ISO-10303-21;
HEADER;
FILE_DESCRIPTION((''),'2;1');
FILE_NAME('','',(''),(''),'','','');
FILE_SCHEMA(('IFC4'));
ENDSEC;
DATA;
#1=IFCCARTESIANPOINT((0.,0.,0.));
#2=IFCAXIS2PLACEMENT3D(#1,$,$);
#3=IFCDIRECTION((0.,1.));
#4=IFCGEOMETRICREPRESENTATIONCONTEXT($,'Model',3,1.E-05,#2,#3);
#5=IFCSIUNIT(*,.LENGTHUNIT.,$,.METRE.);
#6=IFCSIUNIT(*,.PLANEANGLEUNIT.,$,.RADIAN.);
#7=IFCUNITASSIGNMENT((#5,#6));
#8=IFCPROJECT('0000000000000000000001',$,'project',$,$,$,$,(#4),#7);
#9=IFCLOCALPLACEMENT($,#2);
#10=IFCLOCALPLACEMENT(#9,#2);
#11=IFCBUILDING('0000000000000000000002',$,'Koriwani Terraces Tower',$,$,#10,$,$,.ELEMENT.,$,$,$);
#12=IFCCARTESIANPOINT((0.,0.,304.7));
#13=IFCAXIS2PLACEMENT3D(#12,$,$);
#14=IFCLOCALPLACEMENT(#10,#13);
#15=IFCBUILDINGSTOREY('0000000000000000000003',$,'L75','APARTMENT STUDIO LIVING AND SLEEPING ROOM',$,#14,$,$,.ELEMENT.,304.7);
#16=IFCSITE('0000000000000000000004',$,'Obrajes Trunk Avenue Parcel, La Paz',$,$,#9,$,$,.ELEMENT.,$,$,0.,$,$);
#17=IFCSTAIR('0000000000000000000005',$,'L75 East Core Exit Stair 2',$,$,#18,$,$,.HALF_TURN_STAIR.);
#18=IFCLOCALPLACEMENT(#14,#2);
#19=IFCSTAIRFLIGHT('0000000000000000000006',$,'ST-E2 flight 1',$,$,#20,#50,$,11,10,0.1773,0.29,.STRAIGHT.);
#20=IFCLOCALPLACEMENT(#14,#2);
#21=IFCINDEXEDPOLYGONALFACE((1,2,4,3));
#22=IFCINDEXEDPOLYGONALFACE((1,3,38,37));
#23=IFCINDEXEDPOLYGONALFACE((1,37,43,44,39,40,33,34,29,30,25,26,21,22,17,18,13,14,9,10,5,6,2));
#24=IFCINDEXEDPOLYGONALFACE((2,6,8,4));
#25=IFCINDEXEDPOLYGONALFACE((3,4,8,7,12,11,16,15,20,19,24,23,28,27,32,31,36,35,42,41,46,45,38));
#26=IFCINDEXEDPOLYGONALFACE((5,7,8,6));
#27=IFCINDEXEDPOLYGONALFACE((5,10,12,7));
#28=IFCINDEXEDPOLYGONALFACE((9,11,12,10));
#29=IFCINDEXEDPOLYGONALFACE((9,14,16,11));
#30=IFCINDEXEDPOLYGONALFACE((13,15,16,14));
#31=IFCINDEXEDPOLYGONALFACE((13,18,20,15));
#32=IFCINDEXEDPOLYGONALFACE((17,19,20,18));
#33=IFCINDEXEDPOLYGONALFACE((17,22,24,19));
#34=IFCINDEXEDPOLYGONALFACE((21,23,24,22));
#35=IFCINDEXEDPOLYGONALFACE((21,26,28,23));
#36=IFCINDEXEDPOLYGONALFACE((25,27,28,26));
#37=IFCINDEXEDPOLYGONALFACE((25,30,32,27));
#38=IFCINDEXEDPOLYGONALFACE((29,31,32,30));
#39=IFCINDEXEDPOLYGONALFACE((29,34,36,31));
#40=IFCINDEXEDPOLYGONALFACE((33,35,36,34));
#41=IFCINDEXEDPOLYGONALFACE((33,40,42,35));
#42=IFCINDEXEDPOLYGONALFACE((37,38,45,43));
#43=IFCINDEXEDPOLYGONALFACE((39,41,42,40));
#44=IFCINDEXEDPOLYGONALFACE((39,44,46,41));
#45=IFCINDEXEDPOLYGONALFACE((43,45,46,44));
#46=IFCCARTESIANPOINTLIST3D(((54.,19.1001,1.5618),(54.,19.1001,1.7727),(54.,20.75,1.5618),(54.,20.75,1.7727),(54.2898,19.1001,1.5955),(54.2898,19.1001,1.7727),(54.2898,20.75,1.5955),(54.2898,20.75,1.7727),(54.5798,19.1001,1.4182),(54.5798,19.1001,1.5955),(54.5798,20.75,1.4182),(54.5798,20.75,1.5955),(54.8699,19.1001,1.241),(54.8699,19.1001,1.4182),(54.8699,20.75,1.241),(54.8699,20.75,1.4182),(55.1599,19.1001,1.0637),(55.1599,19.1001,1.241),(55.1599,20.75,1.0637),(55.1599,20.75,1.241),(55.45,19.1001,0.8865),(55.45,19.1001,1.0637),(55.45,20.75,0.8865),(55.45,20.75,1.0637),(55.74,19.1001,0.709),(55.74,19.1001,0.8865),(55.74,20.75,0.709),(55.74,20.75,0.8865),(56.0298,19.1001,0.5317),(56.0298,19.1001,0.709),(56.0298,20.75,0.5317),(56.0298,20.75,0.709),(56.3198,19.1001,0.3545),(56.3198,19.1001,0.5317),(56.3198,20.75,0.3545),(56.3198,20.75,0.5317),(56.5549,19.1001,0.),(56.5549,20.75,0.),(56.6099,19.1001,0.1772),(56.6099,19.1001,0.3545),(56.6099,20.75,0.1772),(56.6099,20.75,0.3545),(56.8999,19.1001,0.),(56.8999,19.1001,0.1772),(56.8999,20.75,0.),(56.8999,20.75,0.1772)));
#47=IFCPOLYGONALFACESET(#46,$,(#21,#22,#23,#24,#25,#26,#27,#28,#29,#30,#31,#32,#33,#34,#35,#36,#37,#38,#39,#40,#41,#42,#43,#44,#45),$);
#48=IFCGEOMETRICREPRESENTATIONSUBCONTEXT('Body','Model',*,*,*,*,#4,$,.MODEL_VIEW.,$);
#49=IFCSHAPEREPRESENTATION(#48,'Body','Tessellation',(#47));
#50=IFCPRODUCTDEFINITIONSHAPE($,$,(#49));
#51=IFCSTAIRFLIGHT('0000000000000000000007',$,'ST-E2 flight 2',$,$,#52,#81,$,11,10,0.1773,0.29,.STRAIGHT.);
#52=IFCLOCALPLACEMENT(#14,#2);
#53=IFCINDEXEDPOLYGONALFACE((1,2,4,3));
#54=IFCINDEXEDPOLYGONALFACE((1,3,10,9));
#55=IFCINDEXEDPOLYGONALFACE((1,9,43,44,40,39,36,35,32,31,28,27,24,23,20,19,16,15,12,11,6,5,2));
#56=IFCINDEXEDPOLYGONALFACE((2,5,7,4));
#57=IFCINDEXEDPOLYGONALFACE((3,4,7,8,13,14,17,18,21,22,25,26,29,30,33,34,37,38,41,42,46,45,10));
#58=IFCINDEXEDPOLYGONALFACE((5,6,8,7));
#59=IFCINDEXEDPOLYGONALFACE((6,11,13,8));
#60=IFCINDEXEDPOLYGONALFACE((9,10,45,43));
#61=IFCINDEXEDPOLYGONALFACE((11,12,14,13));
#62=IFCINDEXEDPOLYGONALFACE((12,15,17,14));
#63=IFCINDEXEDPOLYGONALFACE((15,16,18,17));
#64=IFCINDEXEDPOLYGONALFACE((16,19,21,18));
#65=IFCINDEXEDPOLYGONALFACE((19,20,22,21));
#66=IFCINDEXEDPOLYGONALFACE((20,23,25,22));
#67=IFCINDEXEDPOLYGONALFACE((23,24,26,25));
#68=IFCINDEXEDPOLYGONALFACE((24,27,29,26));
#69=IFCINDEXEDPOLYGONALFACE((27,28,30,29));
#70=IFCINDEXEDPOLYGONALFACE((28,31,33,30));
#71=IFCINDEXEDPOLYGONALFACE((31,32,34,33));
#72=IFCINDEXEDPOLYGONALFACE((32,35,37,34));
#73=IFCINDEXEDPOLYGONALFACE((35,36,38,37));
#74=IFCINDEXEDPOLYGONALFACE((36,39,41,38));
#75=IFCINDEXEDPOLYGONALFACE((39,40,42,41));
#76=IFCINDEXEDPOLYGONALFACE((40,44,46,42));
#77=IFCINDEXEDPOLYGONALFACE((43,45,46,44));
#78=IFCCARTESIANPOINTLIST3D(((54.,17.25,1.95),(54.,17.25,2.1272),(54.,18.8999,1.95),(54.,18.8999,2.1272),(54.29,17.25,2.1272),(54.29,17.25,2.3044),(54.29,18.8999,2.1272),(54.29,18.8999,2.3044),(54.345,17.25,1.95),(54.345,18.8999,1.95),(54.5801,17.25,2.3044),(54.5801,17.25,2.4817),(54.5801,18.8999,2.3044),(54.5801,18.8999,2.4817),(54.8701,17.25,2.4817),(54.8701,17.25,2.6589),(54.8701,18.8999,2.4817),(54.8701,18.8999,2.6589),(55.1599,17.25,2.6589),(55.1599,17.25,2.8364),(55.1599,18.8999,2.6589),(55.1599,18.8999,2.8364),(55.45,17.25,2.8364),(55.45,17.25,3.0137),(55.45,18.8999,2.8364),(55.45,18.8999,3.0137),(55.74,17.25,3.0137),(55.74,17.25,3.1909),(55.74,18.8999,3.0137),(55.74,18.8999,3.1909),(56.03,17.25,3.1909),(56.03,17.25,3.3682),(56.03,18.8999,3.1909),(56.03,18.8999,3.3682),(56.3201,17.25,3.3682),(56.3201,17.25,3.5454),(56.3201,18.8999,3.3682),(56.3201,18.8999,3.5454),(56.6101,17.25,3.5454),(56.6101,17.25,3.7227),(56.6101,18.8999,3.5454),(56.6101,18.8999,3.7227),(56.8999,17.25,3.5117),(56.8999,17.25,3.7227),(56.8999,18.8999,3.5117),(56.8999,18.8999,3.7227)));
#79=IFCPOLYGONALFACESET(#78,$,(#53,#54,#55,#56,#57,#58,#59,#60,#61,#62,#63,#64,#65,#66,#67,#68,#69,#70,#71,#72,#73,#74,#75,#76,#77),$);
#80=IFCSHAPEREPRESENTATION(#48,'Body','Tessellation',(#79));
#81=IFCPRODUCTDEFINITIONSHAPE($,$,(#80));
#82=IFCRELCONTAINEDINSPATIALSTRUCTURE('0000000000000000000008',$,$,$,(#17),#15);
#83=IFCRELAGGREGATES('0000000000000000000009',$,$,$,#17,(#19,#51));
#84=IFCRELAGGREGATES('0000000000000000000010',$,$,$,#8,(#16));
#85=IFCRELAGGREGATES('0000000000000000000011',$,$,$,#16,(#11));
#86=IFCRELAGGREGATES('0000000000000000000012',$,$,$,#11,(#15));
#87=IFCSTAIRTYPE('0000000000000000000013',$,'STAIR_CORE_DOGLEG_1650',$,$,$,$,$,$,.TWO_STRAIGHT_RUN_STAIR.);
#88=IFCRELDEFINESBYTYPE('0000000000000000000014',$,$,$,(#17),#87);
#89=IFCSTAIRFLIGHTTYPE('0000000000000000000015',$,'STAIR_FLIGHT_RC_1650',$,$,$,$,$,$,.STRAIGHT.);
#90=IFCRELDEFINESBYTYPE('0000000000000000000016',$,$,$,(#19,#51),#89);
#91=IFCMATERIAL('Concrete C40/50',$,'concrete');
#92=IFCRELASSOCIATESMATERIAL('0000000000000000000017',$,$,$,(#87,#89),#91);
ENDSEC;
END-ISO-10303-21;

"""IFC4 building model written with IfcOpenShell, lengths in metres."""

from ifc_helpers import new_model, si_unit, direction, frame, origin, place, context, subcontext, project, spatial, polyline, outline, extrude, material, type_object, element, aggregate, save


model = new_model("IFC4")

# Units and contexts
model_context = context("Model", 3, precision=1e-05, world=origin(), true_north=direction((0.0, 1.0)))
body_context = subcontext(model_context, "Body", "Model", "MODEL_VIEW")
ifc_project = project(units=[si_unit("LENGTHUNIT", "METRE"), si_unit("PLANEANGLEUNIT", "RADIAN")], contexts=[model_context])

# Site, building, storey
site_placement = place(None, origin())
site = spatial("IfcSite", under=ifc_project, at=site_placement, Name="Obrajes Trunk Avenue Parcel, La Paz", CompositionType="ELEMENT", RefElevation=0.0)
building_placement = place(site_placement, origin())
building = spatial("IfcBuilding", under=site, at=building_placement, Name="Koriwani Terraces Tower", CompositionType="ELEMENT")
storey_placement = place(building_placement, frame((0.0, 0.0, 304.7)))
storey = spatial("IfcBuildingStorey", under=building, at=storey_placement, Name="L75", Description="APARTMENT STUDIO LIVING AND SLEEPING ROOM", CompositionType="ELEMENT", Elevation=304.7)

# Shared definitions
ifc_material_1 = material(Name="Concrete C40/50", Category="concrete")

# Stair, stair flights
stair_type = type_object("IfcStairType", Name="STAIR_CORE_DOGLEG_1650", PredefinedType="TWO_STRAIGHT_RUN_STAIR", material=ifc_material_1)
stair_placement = place(storey_placement, origin())
stair = element("IfcStair", 1, at=stair_placement, inside=storey, type_object=stair_type, Name="L75 East Core Exit Stair 2", PredefinedType="HALF_TURN_STAIR")
stair_flight_type = type_object("IfcStairFlightType", Name="STAIR_FLIGHT_RC_1650", PredefinedType="STRAIGHT", material=ifc_material_1)
stair_flight_1_placement = place(storey_placement, frame((56.8999, 19.925, 0.0), z_axis=(0.0, 0.0, 1.0), x_axis=(-1.0, 0.0, 0.0)))
stair_flight_1 = element("IfcStairFlight", 2, at=stair_flight_1_placement, type_object=stair_flight_type, Name="ST-E2 flight 1", NumberOfRisers=11, NumberOfTreads=10, PredefinedType="STRAIGHT", RiserHeight=0.1773, TreadLength=0.29, context=body_context, shape_type="SweptSolid", body=[
    extrude(outline(polyline([(0.0, 0.0), (0.0, 0.1772), (0.29, 0.1772), (0.29, 0.3545), (0.5801, 0.3545), (0.5801, 0.5317), (0.8701, 0.5317), (0.8701, 0.709), (1.1599, 0.709), (1.1599, 0.8865), (1.45, 0.8865), (1.45, 1.0637), (1.74, 1.0637), (1.74, 1.241), (2.03, 1.241), (2.03, 1.4182), (2.3201, 1.4182), (2.3201, 1.5955), (2.6101, 1.5955), (2.6101, 1.7727), (2.8999, 1.7727), (2.8999, 1.95), (2.8999, 1.5618), (0.345, 0.0), (0.0, 0.0)])), frame((0.0, 0.825, 0.0), z_axis=(0.0, -1.0, 0.0), x_axis=(1.0, 0.0, 0.0)), (0.0, 0.0, 1.0), 1.6499),
])
stair_flight_2_placement = place(storey_placement, frame((54.0, 18.075, 1.95), z_axis=(0.0, 0.0, 1.0), x_axis=(1.0, 0.0, 0.0)))
stair_flight_2 = element("IfcStairFlight", 3, at=stair_flight_2_placement, type_object=stair_flight_type, Name="ST-E2 flight 2", NumberOfRisers=11, NumberOfTreads=10, PredefinedType="STRAIGHT", RiserHeight=0.1773, TreadLength=0.29, context=body_context, shape_type="SweptSolid", body=[
    extrude(outline(polyline([(0.0, 0.0), (0.0, 0.1772), (0.29, 0.1772), (0.29, 0.3545), (0.5801, 0.3545), (0.5801, 0.5317), (0.8701, 0.5317), (0.8701, 0.709), (1.1599, 0.709), (1.1599, 0.8865), (1.45, 0.8865), (1.45, 1.0637), (1.74, 1.0637), (1.74, 1.241), (2.03, 1.241), (2.03, 1.4182), (2.3201, 1.4182), (2.3201, 1.5955), (2.6101, 1.5955), (2.6101, 1.7727), (2.8999, 1.7727), (2.8999, 1.95), (2.8999, 1.5618), (0.345, 0.0), (0.0, 0.0)])), frame((0.0, 0.825, 0.0), z_axis=(0.0, -1.0, 0.0), x_axis=(1.0, 0.0, 0.0)), (0.0, 0.0, 1.0), 1.6499),
])
aggregate(stair, [stair_flight_1, stair_flight_2])

save(model, "model.ifc")
